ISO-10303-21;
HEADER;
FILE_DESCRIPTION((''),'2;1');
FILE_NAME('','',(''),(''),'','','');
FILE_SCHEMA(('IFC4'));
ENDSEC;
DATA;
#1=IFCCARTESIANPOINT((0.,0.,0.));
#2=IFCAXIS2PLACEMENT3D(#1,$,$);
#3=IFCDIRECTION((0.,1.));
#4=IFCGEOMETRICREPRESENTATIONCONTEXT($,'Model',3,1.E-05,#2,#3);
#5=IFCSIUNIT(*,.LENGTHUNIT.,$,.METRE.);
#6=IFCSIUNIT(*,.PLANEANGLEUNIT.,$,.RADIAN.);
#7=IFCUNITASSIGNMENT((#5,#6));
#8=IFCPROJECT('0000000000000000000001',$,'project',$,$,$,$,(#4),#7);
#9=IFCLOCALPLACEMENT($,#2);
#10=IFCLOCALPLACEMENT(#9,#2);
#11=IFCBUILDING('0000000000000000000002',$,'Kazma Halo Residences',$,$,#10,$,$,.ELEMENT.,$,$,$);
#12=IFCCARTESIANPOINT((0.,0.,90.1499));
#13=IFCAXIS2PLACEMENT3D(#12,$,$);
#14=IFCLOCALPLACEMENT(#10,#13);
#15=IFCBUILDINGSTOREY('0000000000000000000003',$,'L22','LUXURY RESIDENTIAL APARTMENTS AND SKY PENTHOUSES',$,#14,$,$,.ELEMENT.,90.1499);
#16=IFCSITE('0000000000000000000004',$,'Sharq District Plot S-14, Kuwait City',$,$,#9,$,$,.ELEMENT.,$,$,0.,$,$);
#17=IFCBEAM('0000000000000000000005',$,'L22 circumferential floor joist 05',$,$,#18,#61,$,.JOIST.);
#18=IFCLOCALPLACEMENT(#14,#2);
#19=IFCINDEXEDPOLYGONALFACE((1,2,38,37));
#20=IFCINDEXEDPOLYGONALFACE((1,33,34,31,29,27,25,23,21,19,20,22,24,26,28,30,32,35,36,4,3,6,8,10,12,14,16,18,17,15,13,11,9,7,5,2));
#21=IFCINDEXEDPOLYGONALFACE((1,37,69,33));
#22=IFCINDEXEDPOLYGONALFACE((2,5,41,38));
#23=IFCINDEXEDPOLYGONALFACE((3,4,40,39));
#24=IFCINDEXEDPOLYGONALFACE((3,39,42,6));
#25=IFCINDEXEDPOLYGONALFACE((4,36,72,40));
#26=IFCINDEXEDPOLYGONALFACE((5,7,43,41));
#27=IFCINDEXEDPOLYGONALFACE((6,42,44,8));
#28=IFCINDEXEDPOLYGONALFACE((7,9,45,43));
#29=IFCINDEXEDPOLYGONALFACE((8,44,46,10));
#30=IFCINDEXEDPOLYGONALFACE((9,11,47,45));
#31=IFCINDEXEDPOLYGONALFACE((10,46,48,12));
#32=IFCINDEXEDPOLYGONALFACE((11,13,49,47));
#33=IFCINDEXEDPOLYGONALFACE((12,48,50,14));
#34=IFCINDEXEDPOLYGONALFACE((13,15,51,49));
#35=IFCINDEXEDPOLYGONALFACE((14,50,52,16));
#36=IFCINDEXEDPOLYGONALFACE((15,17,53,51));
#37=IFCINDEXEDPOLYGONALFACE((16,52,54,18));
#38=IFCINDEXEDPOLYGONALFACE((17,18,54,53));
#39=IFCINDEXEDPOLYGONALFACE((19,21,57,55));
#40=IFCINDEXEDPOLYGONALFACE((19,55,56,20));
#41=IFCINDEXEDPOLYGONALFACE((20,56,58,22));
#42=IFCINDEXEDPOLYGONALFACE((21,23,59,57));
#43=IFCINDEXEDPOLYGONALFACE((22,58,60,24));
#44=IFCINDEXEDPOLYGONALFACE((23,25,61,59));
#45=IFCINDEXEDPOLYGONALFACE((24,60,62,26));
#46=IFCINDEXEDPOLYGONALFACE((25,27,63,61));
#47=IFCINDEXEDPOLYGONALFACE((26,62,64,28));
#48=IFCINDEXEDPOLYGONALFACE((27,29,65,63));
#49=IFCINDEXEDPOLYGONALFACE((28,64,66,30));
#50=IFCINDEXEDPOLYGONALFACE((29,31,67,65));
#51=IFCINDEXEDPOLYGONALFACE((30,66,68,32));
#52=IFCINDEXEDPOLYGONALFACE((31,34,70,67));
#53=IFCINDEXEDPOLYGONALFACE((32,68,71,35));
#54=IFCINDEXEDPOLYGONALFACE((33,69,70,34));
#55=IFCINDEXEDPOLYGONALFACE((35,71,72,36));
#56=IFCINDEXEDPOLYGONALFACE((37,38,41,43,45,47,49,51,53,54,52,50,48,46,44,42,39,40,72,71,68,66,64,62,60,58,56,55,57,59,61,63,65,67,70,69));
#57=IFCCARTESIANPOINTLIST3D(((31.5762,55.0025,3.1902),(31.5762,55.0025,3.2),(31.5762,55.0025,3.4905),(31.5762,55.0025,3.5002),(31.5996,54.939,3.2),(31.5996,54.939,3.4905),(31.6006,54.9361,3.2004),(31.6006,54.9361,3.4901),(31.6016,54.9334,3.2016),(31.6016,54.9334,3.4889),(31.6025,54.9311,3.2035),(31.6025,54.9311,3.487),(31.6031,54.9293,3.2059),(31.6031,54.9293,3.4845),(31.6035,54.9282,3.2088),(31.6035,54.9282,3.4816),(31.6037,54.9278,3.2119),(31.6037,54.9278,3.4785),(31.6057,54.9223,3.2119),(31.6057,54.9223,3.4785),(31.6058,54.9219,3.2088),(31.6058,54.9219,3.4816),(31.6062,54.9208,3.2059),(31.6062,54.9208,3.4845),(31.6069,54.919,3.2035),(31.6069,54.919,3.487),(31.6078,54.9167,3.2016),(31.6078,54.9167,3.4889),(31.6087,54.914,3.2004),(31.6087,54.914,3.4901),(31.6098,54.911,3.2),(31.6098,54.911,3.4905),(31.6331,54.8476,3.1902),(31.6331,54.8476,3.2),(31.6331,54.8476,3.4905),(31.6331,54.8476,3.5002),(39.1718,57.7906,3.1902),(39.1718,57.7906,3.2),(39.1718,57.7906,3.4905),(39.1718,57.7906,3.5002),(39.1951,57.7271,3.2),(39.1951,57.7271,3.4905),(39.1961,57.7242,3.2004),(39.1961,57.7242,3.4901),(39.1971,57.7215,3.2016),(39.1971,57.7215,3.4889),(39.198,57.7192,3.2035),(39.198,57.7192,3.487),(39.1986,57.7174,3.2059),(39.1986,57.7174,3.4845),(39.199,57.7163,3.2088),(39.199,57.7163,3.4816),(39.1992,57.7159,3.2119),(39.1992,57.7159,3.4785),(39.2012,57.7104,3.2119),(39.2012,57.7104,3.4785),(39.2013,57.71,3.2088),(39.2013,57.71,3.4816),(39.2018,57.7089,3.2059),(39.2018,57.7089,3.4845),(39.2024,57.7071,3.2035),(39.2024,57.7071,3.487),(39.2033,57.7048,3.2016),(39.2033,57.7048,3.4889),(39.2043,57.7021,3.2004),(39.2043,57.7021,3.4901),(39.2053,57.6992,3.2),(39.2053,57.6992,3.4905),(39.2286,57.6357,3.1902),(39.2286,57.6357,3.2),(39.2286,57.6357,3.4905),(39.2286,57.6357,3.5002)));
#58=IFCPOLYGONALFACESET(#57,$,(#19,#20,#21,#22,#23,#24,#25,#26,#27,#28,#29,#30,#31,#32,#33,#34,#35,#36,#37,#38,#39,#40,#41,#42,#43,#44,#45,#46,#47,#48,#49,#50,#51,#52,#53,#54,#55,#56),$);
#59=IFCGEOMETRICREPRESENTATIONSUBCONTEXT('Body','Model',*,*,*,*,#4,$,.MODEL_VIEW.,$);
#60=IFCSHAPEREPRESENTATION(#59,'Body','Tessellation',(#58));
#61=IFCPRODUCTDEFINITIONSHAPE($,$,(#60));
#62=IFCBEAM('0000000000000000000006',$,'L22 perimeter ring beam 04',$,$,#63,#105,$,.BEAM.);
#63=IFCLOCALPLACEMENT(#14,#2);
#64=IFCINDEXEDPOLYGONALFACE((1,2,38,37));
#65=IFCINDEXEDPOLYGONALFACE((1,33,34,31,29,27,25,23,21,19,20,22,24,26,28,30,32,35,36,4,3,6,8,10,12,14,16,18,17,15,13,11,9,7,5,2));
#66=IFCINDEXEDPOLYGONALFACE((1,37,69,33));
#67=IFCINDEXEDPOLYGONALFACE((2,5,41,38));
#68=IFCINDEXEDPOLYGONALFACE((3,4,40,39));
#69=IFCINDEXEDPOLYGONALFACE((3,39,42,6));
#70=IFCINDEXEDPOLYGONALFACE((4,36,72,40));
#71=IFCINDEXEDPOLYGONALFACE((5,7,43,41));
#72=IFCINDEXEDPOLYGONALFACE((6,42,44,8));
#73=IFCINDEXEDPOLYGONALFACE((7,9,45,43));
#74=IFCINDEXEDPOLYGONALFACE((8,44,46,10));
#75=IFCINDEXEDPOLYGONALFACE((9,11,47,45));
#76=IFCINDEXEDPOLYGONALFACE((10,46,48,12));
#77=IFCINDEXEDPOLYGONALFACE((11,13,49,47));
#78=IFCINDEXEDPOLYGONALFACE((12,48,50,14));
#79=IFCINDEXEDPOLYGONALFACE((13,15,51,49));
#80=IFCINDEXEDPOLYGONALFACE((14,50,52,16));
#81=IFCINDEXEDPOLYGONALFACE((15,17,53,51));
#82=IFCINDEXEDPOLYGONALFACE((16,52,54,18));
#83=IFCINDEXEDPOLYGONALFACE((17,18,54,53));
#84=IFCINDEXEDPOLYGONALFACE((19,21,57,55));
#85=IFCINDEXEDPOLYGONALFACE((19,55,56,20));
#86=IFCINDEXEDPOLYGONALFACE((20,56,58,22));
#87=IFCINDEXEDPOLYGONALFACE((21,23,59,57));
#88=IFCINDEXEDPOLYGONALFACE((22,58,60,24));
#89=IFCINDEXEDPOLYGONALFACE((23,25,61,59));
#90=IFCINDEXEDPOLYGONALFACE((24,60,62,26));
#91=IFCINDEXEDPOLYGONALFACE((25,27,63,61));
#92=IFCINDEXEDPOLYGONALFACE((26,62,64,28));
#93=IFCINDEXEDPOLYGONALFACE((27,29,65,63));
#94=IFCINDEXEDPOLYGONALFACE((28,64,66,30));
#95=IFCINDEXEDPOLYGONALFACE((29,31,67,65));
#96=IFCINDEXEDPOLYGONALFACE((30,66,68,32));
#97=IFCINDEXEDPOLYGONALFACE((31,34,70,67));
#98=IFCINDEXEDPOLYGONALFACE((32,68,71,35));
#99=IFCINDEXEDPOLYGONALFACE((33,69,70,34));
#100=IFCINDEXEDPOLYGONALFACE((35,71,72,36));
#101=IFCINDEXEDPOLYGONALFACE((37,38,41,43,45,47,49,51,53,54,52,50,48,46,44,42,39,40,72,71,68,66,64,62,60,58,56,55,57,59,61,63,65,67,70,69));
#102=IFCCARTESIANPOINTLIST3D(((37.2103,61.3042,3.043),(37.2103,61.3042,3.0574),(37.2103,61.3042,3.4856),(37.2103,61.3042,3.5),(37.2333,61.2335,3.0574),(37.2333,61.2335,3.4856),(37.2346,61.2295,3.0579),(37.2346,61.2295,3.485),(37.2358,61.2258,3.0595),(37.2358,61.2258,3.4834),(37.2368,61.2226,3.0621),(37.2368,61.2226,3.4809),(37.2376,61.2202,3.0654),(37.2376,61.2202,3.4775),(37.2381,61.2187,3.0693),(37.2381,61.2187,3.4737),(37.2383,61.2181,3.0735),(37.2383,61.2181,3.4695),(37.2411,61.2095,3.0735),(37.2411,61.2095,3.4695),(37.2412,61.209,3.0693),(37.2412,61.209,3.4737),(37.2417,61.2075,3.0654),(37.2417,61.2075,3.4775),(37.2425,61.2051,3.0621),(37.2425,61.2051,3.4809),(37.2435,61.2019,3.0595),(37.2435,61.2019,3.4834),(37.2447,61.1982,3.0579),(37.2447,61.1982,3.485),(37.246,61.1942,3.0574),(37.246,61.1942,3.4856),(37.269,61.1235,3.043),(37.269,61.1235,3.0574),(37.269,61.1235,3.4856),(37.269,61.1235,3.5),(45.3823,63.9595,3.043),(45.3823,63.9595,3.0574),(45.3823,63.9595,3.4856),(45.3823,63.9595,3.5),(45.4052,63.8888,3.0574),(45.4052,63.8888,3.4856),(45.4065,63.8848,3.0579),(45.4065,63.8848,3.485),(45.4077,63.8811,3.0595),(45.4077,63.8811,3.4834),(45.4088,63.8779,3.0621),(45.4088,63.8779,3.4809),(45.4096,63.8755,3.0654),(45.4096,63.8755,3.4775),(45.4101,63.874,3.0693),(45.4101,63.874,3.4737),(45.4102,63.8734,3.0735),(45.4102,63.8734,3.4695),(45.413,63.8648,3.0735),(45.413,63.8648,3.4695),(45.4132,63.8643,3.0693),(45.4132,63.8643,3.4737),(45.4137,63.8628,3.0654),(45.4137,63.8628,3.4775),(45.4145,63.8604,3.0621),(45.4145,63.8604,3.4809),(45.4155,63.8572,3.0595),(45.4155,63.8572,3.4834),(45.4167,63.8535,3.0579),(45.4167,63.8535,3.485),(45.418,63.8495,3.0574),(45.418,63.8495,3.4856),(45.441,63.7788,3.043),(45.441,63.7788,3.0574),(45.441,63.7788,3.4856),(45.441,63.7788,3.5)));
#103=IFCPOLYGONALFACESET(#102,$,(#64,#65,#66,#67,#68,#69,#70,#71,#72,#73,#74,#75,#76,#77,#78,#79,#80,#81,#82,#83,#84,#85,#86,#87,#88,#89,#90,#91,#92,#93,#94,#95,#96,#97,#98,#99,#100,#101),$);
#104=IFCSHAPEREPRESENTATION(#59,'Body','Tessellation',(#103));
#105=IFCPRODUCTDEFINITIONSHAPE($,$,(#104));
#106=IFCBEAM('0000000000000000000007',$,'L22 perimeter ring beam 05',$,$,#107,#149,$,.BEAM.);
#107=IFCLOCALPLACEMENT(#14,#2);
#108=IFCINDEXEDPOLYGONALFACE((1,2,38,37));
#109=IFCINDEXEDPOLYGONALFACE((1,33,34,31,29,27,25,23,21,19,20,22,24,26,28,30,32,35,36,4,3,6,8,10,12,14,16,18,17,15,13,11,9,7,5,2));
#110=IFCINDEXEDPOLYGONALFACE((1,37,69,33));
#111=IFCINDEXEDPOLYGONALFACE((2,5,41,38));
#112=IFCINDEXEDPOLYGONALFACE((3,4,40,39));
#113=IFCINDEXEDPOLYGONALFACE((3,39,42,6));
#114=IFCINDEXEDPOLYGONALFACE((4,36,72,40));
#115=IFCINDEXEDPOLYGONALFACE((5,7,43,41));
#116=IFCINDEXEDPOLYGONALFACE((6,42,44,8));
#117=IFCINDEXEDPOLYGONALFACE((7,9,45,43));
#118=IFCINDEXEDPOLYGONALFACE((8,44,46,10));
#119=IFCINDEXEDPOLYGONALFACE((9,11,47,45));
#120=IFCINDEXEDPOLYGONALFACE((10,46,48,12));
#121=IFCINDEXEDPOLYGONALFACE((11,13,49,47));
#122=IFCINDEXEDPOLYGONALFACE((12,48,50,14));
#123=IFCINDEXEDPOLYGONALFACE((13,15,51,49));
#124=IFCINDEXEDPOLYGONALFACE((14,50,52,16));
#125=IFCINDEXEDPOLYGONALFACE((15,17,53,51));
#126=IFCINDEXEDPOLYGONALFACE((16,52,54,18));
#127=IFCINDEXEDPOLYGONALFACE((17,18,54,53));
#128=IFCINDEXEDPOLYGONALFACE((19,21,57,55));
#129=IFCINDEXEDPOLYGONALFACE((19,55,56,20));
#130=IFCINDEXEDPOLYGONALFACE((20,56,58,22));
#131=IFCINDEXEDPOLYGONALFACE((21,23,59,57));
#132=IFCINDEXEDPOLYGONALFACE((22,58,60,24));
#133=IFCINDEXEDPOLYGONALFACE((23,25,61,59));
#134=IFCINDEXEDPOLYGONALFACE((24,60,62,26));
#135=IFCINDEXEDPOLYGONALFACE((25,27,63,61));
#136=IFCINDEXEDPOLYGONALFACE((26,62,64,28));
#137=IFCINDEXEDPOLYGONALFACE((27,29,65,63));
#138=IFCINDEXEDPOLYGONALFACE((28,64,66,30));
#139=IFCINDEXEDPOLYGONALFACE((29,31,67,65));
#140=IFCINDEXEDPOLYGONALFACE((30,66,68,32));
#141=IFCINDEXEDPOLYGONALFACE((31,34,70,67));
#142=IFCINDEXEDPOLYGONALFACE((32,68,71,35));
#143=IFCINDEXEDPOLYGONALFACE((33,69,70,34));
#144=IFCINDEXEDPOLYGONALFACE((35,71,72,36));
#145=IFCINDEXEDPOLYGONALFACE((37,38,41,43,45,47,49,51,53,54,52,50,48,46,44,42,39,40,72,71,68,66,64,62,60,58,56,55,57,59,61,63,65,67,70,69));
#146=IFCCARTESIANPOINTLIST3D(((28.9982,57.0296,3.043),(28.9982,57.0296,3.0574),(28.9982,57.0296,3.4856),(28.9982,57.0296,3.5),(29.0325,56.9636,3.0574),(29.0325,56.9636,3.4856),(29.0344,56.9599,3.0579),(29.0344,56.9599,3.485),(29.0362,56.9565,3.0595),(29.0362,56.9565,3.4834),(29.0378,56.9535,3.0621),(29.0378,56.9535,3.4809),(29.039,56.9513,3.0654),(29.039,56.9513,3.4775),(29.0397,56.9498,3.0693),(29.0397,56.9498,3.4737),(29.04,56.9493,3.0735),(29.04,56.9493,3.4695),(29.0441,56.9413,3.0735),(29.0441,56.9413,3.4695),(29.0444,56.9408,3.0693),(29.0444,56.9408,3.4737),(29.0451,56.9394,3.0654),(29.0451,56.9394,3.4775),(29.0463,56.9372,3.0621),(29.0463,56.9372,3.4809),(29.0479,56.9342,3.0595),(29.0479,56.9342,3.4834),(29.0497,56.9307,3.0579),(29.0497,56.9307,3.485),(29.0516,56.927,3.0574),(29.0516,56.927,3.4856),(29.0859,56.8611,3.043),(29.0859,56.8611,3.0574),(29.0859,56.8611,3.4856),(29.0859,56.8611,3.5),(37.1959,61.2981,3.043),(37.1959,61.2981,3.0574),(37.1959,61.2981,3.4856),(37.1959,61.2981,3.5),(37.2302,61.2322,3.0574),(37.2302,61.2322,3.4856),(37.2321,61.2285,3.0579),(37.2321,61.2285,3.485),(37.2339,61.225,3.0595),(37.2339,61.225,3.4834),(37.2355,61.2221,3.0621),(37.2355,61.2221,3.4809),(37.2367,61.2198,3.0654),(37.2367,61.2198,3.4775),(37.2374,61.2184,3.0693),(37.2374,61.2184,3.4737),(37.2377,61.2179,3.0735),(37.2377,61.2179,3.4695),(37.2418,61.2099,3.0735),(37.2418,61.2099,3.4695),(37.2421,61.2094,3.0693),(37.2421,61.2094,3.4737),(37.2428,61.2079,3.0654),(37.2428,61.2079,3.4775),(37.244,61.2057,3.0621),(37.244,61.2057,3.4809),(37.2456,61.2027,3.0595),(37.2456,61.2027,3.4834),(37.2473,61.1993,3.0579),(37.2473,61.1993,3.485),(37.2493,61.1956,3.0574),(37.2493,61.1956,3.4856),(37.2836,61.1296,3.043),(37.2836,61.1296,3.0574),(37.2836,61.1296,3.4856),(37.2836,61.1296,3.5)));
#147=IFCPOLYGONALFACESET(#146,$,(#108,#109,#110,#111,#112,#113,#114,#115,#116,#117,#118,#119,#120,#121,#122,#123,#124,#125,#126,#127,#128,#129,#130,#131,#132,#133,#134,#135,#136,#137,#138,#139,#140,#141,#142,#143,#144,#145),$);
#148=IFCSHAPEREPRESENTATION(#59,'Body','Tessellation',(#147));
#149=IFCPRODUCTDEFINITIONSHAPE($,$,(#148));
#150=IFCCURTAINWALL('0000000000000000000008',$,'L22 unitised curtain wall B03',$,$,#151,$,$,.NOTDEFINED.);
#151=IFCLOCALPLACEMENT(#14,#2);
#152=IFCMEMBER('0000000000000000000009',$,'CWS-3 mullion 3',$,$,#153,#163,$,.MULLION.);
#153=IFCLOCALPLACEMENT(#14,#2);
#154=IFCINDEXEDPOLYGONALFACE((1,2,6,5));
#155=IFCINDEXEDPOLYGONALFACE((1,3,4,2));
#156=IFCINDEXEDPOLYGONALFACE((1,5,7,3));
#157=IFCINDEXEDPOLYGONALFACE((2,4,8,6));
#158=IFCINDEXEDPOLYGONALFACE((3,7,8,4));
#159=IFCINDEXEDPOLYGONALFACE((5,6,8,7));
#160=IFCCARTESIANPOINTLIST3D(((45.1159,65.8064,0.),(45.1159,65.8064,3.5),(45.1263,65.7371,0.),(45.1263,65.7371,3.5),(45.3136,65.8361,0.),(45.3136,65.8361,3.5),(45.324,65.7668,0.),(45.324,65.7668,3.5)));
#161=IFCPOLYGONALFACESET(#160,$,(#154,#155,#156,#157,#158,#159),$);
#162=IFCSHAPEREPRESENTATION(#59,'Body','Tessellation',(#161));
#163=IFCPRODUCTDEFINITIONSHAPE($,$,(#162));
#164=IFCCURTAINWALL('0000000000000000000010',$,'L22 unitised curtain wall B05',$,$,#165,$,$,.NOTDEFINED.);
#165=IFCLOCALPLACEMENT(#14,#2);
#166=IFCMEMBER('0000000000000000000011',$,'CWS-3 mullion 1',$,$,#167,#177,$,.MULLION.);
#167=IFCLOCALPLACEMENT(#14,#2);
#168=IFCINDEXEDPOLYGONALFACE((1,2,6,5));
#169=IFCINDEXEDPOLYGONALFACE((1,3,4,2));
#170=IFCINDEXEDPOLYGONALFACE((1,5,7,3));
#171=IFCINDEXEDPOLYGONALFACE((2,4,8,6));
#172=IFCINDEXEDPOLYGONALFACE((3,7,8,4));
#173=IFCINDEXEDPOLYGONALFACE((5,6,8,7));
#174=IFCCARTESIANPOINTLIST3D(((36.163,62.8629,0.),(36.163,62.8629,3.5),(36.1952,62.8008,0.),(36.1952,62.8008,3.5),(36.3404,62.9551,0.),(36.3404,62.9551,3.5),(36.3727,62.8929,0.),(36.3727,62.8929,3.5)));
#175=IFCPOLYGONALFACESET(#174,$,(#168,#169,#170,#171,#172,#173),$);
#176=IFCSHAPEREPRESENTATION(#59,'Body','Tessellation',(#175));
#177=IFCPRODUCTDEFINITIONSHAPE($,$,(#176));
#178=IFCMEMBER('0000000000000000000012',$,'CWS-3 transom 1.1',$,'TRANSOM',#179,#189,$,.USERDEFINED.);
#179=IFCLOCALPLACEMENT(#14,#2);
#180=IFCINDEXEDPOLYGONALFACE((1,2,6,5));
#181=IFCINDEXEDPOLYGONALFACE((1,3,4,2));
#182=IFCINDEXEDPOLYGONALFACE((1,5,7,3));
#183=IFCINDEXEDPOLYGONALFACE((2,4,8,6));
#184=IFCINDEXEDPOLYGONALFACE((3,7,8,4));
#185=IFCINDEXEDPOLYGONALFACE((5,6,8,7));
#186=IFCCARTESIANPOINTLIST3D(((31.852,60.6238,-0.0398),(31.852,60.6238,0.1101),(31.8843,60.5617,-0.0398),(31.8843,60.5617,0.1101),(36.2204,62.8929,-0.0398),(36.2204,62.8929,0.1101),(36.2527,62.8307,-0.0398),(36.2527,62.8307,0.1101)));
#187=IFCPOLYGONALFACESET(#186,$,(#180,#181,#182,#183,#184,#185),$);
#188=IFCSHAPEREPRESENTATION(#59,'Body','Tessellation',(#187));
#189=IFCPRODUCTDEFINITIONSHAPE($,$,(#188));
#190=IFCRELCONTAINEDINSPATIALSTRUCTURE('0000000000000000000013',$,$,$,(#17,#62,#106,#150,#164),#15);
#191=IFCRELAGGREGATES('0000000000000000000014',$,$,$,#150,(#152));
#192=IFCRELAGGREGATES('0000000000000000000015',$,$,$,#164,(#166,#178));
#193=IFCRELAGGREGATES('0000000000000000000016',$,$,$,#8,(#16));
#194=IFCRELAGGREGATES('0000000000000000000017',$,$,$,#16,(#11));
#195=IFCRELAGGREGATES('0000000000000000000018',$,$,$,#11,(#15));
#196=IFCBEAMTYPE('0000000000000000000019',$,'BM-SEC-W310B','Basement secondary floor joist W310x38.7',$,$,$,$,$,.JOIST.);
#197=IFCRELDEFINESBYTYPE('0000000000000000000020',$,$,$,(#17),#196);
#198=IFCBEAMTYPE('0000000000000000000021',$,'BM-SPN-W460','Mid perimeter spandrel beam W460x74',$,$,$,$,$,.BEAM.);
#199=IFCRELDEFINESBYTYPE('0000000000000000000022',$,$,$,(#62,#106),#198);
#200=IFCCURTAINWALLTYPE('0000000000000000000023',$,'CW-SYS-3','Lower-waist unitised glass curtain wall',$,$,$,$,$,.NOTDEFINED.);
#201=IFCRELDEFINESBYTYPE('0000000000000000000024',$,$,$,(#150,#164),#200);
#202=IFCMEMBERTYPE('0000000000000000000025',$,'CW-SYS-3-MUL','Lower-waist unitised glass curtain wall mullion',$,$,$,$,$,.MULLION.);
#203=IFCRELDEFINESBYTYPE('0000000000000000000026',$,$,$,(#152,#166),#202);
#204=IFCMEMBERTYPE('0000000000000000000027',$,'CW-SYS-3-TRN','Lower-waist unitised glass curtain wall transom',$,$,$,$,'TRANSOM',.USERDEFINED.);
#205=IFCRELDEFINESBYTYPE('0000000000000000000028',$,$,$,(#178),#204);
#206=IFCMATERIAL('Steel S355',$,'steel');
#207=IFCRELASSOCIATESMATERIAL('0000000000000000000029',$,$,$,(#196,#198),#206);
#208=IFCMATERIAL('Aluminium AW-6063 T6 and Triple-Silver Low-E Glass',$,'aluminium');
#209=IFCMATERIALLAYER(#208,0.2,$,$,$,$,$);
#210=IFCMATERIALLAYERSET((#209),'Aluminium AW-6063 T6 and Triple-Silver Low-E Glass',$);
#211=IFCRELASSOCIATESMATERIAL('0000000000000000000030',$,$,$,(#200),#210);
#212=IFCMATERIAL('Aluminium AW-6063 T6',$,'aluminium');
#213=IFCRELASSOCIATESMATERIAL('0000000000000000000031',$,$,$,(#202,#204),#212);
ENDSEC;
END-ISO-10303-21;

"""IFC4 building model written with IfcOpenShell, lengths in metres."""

from ifc_helpers import new_model, si_unit, direction, frame, origin, origin_2d, place, context, subcontext, project, spatial, rectangle, i_section, extrude, material, layer, layer_set, material_profile, profile_set, type_object, element, aggregate, save


model = new_model("IFC4")

# Units and contexts
model_context = context("Model", 3, precision=1e-05, world=origin(), true_north=direction((0.0, 1.0)))
body_context = subcontext(model_context, "Body", "Model", "MODEL_VIEW")
ifc_project = project(units=[si_unit("LENGTHUNIT", "METRE"), si_unit("PLANEANGLEUNIT", "RADIAN")], contexts=[model_context])

# Site, building, storey
site_placement = place(None, origin())
site = spatial("IfcSite", under=ifc_project, at=site_placement, Name="Sharq District Plot S-14, Kuwait City", CompositionType="ELEMENT", RefElevation=0.0)
building_placement = place(site_placement, origin())
building = spatial("IfcBuilding", under=site, at=building_placement, Name="Kazma Halo Residences", CompositionType="ELEMENT")
storey_placement = place(building_placement, frame((0.0, 0.0, 90.1499)))
storey = spatial("IfcBuildingStorey", under=building, at=storey_placement, Name="L22", Description="LUXURY RESIDENTIAL APARTMENTS AND SKY PENTHOUSES", CompositionType="ELEMENT", Elevation=90.1499)

# Beams
ifc_material_1 = material(Name="Steel S355", Category="steel")
ifc_material_profile_1 = material_profile(ifc_material_1, i_section(OverallWidth=0.165, OverallDepth=0.3101, WebThickness=0.0059, FlangeThickness=0.0098, FilletRadius=0.012, at=origin_2d()), Name="W310x38.7")
ifc_profile_set_1 = profile_set([ifc_material_profile_1], Name="Steel S355")
beam_type_1 = type_object("IfcBeamType", Name="BM-SEC-W310B", Description="Basement secondary floor joist W310x38.7", PredefinedType="JOIST", material=ifc_profile_set_1)
beam_1_placement = place(storey_placement, frame((39.2002, 57.7131, 3.3452), z_axis=(-0.938753, -0.344591, 0.0), x_axis=(0.344591, -0.938753, 0.0)))
element("IfcBeam", 1, at=beam_1_placement, inside=storey, type_object=beam_type_1, Name="L22 circumferential floor joist 05", PredefinedType="JOIST", context=body_context, shape_type="SweptSolid", body=[
    extrude(i_section(OverallWidth=0.165, OverallDepth=0.3101, WebThickness=0.0059, FlangeThickness=0.0098, FilletRadius=0.012, at=origin_2d()), origin(), (0.0, 0.0, 1.0), 8.0911),
])
ifc_material_profile_2 = material_profile(ifc_material_1, i_section(OverallWidth=0.1899, OverallDepth=0.457, WebThickness=0.009, FlangeThickness=0.0144, FilletRadius=0.0161, at=origin_2d()), Name="W460x74")
ifc_profile_set_2 = profile_set([ifc_material_profile_2], Name="Steel S355")
beam_type_2 = type_object("IfcBeamType", Name="BM-SPN-W460", Description="Mid perimeter spandrel beam W460x74", PredefinedType="BEAM", material=ifc_profile_set_2)
beam_2_placement = place(storey_placement, frame((45.4116, 63.8691, 3.2715), z_axis=(-0.951054, -0.309024, 0.0), x_axis=(0.309024, -0.951054, 0.0)))
element("IfcBeam", 2, at=beam_2_placement, inside=storey, type_object=beam_type_2, Name="L22 perimeter ring beam 04", PredefinedType="BEAM", context=body_context, shape_type="SweptSolid", body=[
    extrude(i_section(OverallWidth=0.1899, OverallDepth=0.457, WebThickness=0.009, FlangeThickness=0.0144, FilletRadius=0.0161, at=origin_2d()), origin(), (0.0, 0.0, 1.0), 8.5925),
])
beam_3_placement = place(storey_placement, frame((37.2397, 61.2139, 3.2715), z_axis=(-0.886963, -0.46184, 0.0), x_axis=(0.46184, -0.886963, 0.0)))
element("IfcBeam", 3, at=beam_3_placement, inside=storey, type_object=beam_type_2, Name="L22 perimeter ring beam 05", PredefinedType="BEAM", context=body_context, shape_type="SweptSolid", body=[
    extrude(i_section(OverallWidth=0.1899, OverallDepth=0.457, WebThickness=0.009, FlangeThickness=0.0144, FilletRadius=0.0161, at=origin_2d()), origin(), (0.0, 0.0, 1.0), 9.2424),
])

# Curtain wall, member
ifc_material_2 = material(Name="Aluminium AW-6063 T6 and Triple-Silver Low-E Glass", Category="aluminium")
ifc_layer_1 = layer(ifc_material_2, 0.2)
ifc_layer_set_1 = layer_set([ifc_layer_1], Name="Aluminium AW-6063 T6 and Triple-Silver Low-E Glass")
curtain_wall_type = type_object("IfcCurtainWallType", Name="CW-SYS-3", Description="Lower-waist unitised glass curtain wall", PredefinedType="NOTDEFINED", material=ifc_layer_set_1)
curtain_wall_1_placement = place(storey_placement, origin())
curtain_wall_1 = element("IfcCurtainWall", 4, at=curtain_wall_1_placement, inside=storey, type_object=curtain_wall_type, Name="L22 unitised curtain wall B03", PredefinedType="NOTDEFINED")
ifc_material_3 = material(Name="Aluminium AW-6063 T6", Category="aluminium")
ifc_material_profile_3 = material_profile(ifc_material_3, rectangle(XDim=0.0701, YDim=0.2, at=origin_2d()), Name="CWM-70x200")
ifc_profile_set_3 = profile_set([ifc_material_profile_3], Name="Aluminium AW-6063 T6")
member_type_1 = type_object("IfcMemberType", Name="CW-SYS-3-MUL", Description="Lower-waist unitised glass curtain wall mullion", PredefinedType="MULLION", material=ifc_profile_set_3)
member_1_placement = place(storey_placement, frame((45.22, 65.7866, 0.0), z_axis=(0.0, 0.0, 1.0), x_axis=(0.148717, -0.98888, 0.0)))
member_1 = element("IfcMember", 5, at=member_1_placement, type_object=member_type_1, Name="CWS-3 mullion 3", PredefinedType="MULLION", context=body_context, shape_type="SweptSolid", body=[
    extrude(rectangle(XDim=0.0701, YDim=0.2, at=origin_2d()), origin(), (0.0, 0.0, 1.0), 3.5),
])
aggregate(curtain_wall_1, [member_1])

# Curtain wall, members
curtain_wall_2_placement = place(storey_placement, origin())
curtain_wall_2 = element("IfcCurtainWall", 6, at=curtain_wall_2_placement, inside=storey, type_object=curtain_wall_type, Name="L22 unitised curtain wall B05", PredefinedType="NOTDEFINED")
member_2_placement = place(storey_placement, frame((36.2678, 62.8779, 0.0), z_axis=(0.0, 0.0, 1.0), x_axis=(0.460932, -0.887435, 0.0)))
member_2 = element("IfcMember", 7, at=member_2_placement, type_object=member_type_1, Name="CWS-3 mullion 1", PredefinedType="MULLION", context=body_context, shape_type="SweptSolid", body=[
    extrude(rectangle(XDim=0.0701, YDim=0.2, at=origin_2d()), origin(), (0.0, 0.0, 1.0), 3.5),
])
ifc_material_profile_4 = material_profile(ifc_material_3, rectangle(XDim=0.0701, YDim=0.1499, at=origin_2d()), Name="CWT-70x150")
ifc_profile_set_4 = profile_set([ifc_material_profile_4], Name="Aluminium AW-6063 T6")
member_type_2 = type_object("IfcMemberType", Name="CW-SYS-3-TRN", Description="Lower-waist unitised glass curtain wall transom", ElementType="TRANSOM", PredefinedType="USERDEFINED", material=ifc_profile_set_4)
member_3_placement = place(storey_placement, frame((36.2366, 62.8618, 0.0352), z_axis=(-0.887427, -0.460948, 0.0), x_axis=(0.460948, -0.887427, 0.0)))
member_3 = element("IfcMember", 8, at=member_3_placement, type_object=member_type_2, Name="CWS-3 transom 1.1", ObjectType="TRANSOM", PredefinedType="USERDEFINED", context=body_context, shape_type="SweptSolid", body=[
    extrude(rectangle(XDim=0.0701, YDim=0.1499, at=origin_2d()), origin(), (0.0, 0.0, 1.0), 4.9226),
])
aggregate(curtain_wall_2, [member_2, member_3])

save(model, "model.ifc")
